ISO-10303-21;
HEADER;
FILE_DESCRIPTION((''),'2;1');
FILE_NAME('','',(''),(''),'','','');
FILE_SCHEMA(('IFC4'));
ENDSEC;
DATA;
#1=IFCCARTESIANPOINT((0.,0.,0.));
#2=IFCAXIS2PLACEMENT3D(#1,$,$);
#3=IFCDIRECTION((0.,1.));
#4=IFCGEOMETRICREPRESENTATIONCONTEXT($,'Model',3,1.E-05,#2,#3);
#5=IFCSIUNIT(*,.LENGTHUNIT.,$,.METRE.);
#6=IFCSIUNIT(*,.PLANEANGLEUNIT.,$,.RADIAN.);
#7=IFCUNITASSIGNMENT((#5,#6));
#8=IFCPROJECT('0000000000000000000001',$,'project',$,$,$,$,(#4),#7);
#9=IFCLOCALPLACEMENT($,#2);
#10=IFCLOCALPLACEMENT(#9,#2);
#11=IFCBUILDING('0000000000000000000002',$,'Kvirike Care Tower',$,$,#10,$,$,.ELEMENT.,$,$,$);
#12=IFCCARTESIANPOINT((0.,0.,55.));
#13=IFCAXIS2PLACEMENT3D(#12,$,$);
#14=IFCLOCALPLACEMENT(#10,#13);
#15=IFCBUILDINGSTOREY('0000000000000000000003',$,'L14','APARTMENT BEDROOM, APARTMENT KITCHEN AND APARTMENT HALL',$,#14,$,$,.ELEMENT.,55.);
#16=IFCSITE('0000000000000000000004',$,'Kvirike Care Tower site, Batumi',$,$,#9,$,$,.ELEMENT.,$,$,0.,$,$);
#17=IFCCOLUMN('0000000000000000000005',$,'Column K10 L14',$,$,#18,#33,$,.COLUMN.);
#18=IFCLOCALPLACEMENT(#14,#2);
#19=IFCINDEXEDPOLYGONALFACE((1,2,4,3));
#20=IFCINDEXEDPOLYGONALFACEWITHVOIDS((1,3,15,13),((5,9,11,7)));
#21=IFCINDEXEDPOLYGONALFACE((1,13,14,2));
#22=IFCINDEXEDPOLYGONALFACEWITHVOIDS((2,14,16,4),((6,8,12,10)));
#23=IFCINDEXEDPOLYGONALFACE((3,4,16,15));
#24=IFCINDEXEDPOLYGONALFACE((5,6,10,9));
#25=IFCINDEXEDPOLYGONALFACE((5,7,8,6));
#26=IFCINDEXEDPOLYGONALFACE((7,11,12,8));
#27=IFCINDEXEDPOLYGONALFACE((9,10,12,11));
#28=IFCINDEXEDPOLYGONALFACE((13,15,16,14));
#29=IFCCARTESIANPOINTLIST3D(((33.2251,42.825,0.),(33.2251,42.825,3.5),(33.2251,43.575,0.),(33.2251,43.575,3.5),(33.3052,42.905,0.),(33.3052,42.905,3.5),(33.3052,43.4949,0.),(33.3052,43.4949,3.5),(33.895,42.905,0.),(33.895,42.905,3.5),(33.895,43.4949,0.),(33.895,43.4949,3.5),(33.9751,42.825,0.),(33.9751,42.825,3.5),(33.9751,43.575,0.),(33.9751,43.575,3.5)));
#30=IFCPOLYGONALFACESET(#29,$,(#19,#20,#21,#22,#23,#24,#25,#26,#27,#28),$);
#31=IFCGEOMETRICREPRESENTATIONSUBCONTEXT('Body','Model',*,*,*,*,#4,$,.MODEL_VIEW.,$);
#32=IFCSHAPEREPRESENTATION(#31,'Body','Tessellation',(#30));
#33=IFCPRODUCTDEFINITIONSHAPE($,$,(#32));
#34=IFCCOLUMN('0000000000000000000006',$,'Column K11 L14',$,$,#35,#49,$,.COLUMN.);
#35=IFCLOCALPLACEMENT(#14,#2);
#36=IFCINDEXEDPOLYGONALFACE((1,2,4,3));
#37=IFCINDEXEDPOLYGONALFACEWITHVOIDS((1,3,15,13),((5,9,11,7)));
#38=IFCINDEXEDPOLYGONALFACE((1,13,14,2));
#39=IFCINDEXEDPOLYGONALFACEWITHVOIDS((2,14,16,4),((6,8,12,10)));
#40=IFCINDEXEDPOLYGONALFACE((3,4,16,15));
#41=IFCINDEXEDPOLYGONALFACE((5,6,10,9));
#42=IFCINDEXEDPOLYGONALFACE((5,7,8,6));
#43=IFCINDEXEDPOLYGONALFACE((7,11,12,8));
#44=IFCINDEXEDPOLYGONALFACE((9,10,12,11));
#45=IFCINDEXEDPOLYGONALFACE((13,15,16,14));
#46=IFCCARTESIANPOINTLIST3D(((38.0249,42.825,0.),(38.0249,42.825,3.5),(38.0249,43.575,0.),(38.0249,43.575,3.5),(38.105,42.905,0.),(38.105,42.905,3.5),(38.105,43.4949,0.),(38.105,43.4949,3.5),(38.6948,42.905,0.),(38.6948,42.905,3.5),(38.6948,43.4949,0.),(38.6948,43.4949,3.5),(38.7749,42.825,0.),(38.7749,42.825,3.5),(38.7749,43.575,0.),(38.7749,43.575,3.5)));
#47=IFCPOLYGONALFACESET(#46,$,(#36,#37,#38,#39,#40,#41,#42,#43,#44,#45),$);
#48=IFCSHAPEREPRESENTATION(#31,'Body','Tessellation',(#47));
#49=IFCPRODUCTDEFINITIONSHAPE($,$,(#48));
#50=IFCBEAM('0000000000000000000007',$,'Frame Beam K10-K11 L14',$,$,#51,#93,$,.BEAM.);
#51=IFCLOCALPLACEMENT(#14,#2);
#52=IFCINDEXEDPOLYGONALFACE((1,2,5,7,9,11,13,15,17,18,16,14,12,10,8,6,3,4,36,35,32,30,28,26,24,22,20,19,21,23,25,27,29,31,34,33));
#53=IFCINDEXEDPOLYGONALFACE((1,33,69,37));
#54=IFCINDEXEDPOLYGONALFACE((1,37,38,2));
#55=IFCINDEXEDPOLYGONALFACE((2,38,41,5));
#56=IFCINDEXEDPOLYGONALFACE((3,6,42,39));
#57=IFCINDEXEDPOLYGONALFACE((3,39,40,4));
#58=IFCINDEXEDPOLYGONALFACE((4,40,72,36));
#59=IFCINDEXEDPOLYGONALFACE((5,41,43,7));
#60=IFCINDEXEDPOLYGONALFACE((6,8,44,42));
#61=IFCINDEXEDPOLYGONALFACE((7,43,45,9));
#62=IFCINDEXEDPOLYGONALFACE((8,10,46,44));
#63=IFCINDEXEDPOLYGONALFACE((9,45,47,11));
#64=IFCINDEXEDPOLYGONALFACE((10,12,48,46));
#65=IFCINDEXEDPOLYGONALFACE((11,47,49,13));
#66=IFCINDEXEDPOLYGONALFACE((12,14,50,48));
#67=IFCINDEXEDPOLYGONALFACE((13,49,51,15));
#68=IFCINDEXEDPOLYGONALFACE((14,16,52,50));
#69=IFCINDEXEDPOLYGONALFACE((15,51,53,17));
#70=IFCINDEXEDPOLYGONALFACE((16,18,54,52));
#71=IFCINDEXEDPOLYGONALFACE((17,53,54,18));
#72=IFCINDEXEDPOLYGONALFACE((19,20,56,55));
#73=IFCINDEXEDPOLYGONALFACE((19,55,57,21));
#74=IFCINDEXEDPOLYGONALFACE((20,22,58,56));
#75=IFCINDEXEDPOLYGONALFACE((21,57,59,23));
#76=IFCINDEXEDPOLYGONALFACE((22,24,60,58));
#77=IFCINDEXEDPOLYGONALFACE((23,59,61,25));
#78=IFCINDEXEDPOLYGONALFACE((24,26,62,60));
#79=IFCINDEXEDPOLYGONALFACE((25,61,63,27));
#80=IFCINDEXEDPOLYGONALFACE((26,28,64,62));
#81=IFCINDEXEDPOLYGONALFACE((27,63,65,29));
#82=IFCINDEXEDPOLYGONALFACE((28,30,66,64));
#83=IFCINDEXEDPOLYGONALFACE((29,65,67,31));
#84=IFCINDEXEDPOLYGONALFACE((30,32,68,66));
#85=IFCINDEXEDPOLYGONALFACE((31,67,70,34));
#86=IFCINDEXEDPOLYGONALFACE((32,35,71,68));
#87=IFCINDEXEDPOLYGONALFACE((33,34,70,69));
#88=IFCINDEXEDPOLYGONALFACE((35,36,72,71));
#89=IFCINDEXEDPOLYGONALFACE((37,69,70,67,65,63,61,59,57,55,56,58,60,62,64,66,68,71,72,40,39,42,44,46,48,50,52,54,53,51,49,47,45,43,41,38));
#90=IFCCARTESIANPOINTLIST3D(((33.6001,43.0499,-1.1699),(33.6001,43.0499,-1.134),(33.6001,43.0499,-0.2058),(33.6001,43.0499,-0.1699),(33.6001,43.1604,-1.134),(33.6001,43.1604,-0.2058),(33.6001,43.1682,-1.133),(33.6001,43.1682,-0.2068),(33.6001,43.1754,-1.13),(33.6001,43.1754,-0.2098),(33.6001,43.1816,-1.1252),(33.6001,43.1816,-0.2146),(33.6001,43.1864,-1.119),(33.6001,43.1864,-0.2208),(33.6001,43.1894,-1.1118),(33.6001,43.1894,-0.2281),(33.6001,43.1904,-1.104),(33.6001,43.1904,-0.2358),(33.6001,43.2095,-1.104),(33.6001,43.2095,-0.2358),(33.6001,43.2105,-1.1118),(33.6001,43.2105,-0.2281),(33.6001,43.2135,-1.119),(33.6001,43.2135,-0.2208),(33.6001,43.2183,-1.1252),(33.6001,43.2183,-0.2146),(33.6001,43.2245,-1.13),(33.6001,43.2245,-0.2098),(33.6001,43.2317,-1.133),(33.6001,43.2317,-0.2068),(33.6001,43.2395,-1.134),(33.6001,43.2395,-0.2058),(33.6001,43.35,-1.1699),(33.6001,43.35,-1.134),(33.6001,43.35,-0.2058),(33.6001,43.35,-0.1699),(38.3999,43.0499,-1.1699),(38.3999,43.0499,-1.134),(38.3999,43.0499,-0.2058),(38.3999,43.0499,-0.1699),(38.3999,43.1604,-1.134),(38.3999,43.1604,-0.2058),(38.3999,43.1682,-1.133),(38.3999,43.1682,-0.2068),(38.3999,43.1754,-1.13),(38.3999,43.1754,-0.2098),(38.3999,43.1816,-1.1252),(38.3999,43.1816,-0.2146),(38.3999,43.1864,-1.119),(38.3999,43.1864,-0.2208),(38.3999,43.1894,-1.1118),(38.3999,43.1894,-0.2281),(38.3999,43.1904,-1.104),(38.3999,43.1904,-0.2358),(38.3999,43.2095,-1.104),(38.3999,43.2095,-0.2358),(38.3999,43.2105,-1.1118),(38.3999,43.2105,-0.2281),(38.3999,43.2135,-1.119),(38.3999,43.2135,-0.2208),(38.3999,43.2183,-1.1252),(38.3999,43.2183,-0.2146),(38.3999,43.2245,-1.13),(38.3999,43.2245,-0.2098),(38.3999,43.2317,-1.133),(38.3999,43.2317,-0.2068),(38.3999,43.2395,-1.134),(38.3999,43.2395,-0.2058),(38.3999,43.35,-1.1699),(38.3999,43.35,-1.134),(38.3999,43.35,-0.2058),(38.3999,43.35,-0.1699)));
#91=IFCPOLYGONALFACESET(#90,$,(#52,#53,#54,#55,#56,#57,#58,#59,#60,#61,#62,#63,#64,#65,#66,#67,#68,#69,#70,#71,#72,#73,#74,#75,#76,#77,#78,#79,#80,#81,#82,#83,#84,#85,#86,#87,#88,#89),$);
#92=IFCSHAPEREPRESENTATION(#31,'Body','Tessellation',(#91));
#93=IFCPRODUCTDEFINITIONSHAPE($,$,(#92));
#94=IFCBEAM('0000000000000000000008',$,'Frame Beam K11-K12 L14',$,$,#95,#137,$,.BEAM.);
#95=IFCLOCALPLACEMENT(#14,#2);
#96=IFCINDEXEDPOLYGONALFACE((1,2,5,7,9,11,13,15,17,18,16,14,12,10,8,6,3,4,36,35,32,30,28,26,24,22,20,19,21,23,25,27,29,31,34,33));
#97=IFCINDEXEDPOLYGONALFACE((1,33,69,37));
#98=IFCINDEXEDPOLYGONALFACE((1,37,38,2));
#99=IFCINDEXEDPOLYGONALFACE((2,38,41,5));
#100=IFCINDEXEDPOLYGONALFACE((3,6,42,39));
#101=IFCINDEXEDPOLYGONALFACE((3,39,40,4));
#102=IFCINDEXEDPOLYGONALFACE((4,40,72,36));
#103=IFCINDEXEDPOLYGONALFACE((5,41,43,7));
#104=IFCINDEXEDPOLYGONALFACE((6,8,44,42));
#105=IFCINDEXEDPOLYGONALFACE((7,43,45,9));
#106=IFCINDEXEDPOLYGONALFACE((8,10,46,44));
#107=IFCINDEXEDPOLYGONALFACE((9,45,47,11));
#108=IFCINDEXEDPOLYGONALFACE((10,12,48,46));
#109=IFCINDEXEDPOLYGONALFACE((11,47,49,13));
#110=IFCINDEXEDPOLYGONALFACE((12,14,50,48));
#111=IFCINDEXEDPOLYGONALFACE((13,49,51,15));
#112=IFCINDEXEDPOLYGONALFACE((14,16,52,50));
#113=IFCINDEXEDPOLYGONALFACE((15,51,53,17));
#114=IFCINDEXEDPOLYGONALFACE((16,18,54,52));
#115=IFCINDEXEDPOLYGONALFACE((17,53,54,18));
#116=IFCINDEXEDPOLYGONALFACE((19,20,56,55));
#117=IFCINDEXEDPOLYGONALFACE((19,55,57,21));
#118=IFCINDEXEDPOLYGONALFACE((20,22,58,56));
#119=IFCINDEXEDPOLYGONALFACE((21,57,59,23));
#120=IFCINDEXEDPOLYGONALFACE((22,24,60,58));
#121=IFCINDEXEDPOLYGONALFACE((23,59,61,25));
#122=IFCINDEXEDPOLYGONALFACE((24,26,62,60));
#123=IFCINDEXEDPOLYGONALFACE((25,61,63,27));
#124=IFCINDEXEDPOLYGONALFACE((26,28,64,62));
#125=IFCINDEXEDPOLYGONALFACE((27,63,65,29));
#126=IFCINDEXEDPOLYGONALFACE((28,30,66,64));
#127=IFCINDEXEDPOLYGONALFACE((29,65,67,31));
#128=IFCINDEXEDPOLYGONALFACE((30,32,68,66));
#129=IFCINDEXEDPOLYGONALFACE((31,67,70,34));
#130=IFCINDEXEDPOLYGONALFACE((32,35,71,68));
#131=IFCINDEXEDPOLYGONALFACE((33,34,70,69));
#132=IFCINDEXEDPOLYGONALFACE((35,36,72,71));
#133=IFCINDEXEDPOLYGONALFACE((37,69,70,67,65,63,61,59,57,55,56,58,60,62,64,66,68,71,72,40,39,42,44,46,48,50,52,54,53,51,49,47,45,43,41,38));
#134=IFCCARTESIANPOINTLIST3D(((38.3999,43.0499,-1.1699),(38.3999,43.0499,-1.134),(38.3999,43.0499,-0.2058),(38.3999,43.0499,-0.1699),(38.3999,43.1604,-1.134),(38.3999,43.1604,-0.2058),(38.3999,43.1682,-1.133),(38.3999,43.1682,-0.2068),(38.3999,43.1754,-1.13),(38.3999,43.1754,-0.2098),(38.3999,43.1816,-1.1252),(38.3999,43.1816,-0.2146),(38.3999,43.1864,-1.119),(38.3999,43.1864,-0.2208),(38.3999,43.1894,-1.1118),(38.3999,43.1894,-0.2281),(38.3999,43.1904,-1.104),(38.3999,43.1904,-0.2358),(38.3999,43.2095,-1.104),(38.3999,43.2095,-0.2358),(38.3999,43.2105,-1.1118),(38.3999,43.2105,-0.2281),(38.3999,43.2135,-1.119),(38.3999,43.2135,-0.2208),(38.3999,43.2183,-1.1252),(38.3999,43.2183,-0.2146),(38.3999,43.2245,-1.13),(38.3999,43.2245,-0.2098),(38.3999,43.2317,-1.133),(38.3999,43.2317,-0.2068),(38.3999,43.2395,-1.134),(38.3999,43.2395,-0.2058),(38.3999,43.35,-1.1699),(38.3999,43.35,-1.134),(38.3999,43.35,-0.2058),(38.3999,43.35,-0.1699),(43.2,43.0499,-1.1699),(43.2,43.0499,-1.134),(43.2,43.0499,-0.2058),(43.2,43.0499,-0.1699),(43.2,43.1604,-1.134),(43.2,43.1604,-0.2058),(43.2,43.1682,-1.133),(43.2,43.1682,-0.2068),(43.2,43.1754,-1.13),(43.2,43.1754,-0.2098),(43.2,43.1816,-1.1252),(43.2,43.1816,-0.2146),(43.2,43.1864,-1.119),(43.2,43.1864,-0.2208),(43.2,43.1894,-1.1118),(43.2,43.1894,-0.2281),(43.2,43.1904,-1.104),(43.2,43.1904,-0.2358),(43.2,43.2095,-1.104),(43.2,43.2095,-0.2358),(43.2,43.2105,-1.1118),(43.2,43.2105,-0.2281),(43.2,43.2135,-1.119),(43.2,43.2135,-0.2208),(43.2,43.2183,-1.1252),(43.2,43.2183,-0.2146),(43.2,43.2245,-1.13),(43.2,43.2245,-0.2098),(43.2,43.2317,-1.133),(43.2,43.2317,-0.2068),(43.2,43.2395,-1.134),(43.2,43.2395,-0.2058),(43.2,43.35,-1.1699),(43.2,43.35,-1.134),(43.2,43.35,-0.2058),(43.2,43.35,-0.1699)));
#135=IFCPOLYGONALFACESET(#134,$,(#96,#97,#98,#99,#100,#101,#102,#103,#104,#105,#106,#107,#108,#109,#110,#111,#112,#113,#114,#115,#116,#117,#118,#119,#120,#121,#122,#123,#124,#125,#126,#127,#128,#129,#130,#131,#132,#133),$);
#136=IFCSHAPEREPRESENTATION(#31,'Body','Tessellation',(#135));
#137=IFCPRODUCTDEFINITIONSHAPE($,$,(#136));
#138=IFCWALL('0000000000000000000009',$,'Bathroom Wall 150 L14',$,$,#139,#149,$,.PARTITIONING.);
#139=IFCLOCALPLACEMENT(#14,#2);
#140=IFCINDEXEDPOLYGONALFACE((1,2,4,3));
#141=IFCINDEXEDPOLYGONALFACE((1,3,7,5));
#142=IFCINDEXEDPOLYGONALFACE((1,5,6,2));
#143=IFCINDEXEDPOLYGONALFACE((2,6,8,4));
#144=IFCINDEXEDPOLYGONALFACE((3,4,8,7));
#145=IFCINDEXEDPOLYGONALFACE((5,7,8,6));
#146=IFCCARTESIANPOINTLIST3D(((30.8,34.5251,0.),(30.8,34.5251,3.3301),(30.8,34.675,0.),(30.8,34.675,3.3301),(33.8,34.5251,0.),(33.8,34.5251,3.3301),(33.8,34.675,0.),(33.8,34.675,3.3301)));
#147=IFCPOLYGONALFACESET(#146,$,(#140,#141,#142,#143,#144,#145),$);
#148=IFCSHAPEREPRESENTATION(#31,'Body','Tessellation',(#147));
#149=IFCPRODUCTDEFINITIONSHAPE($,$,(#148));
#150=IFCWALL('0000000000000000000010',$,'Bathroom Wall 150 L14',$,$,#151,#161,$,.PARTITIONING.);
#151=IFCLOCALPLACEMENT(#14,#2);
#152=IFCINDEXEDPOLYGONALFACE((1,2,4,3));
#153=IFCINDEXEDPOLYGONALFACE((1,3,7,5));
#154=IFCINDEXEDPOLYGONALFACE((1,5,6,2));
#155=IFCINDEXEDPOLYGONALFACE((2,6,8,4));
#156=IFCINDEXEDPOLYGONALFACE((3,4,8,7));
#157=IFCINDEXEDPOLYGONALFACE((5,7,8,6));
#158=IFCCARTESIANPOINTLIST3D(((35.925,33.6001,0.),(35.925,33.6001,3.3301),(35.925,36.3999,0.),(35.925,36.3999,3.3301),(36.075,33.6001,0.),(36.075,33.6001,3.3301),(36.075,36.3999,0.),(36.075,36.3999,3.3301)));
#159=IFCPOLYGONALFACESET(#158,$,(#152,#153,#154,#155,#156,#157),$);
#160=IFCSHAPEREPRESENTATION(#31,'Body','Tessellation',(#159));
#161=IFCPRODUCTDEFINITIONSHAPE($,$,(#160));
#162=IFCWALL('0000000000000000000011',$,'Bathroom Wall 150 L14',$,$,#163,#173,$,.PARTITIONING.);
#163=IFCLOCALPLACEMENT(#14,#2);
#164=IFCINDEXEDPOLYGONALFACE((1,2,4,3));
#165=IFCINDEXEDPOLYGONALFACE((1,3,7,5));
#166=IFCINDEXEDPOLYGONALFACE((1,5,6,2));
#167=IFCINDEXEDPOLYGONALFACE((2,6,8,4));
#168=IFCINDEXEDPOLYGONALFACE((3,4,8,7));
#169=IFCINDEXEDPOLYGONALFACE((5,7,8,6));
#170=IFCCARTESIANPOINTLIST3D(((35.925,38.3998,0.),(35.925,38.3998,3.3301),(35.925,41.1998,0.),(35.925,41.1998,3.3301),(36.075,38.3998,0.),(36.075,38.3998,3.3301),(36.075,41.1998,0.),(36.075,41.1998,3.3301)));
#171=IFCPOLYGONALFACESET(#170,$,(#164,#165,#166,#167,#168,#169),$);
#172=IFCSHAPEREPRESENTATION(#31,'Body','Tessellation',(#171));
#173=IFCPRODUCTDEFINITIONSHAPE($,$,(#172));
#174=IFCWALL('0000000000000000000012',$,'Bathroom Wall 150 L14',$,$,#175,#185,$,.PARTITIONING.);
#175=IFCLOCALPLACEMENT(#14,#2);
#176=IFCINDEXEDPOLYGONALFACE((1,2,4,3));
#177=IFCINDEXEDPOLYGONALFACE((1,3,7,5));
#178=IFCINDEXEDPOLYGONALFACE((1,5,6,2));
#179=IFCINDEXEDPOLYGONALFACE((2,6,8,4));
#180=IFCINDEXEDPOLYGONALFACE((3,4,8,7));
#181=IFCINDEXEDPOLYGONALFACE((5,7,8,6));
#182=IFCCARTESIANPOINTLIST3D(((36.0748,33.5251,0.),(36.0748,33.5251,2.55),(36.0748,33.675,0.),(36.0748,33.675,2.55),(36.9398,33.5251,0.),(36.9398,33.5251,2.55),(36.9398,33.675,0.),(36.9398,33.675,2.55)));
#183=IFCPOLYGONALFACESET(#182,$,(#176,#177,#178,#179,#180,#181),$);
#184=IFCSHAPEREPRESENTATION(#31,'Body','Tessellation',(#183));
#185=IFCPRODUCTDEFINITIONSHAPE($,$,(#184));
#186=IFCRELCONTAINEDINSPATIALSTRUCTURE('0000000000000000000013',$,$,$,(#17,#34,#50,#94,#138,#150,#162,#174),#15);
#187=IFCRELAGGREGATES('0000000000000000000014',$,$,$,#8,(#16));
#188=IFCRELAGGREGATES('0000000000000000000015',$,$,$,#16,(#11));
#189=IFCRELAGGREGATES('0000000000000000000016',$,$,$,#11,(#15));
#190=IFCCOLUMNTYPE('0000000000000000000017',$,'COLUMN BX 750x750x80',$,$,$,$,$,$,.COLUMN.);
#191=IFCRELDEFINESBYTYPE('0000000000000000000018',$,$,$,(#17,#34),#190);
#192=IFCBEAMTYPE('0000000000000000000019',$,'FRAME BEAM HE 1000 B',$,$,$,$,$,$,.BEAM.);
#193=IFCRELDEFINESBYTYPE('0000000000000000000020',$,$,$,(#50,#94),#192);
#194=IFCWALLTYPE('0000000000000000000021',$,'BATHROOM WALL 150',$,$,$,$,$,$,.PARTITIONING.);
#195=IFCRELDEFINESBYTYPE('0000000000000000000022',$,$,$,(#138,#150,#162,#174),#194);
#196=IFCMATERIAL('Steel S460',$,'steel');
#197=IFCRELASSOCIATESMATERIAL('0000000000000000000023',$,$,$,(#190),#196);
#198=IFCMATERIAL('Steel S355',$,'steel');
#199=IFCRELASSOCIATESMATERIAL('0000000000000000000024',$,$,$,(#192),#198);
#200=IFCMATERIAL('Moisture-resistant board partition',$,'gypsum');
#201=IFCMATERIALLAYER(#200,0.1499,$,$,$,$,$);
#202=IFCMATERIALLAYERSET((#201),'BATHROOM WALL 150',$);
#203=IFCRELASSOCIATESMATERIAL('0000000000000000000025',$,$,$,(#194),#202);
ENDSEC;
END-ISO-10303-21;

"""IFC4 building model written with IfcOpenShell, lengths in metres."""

from ifc_helpers import new_model, si_unit, direction, frame, frame_2d, origin, origin_2d, place, context, subcontext, project, spatial, rectangle, hollow_rectangle, i_section, extrude, material, layer, layer_set, material_profile, profile_set, type_object, element, save


model = new_model("IFC4")

# Units and contexts
model_context = context("Model", 3, precision=1e-05, world=origin(), true_north=direction((0.0, 1.0)))
body_context = subcontext(model_context, "Body", "Model", "MODEL_VIEW")
ifc_project = project(units=[si_unit("LENGTHUNIT", "METRE"), si_unit("PLANEANGLEUNIT", "RADIAN")], contexts=[model_context])

# Site, building, storey
site_placement = place(None, origin())
site = spatial("IfcSite", under=ifc_project, at=site_placement, Name="Kvirike Care Tower site, Batumi", CompositionType="ELEMENT", RefElevation=0.0)
building_placement = place(site_placement, origin())
building = spatial("IfcBuilding", under=site, at=building_placement, Name="Kvirike Care Tower", CompositionType="ELEMENT")
storey_placement = place(building_placement, frame((0.0, 0.0, 55.0)))
storey = spatial("IfcBuildingStorey", under=building, at=storey_placement, Name="L14", Description="APARTMENT BEDROOM, APARTMENT KITCHEN AND APARTMENT HALL", CompositionType="ELEMENT", Elevation=55.0)

# Columns
ifc_material_1 = material(Name="Steel S460", Category="steel")
ifc_material_profile_1 = material_profile(ifc_material_1, hollow_rectangle(XDim=0.75, YDim=0.75, WallThickness=0.0801, at=origin_2d()), Name="BX 750x750x80")
ifc_profile_set_1 = profile_set([ifc_material_profile_1], Name="Steel S460")
column_type = type_object("IfcColumnType", Name="COLUMN BX 750x750x80", PredefinedType="COLUMN", material=ifc_profile_set_1)
for number, where, z_axis, x_axis, name in (
    (1, (33.6001, 43.2, 0.0), (0.0, 0.0, 1.0), (0.0, 1.0, 0.0), "Column K10 L14"),
    (2, (38.3999, 43.2, 0.0), (0.0, 0.0, 1.0), (0.0, 1.0, 0.0), "Column K11 L14"),
):
    element("IfcColumn", number, at=place(storey_placement, frame(where, z_axis=z_axis, x_axis=x_axis)), inside=storey, type_object=column_type, Name=name, PredefinedType="COLUMN", context=body_context, shape_type="SweptSolid", body=[
        extrude(hollow_rectangle(XDim=0.75, YDim=0.75, WallThickness=0.0801, at=origin_2d()), origin(), (0.0, 0.0, 1.0), 3.5),
    ])

# Beams
ifc_material_2 = material(Name="Steel S355", Category="steel")
ifc_material_profile_2 = material_profile(ifc_material_2, i_section(OverallWidth=0.3, OverallDepth=1.0, WebThickness=0.019, FlangeThickness=0.0359, FilletRadius=0.03, at=origin_2d()), Name="HE 1000 B")
ifc_profile_set_2 = profile_set([ifc_material_profile_2], Name="Steel S355")
beam_type = type_object("IfcBeamType", Name="FRAME BEAM HE 1000 B", PredefinedType="BEAM", material=ifc_profile_set_2)
beam_1_placement = place(storey_placement, frame((33.6001, 43.2, -0.6699), z_axis=(1.0, 0.0, 0.0), x_axis=(0.0, 1.0, 0.0)))
element("IfcBeam", 3, at=beam_1_placement, inside=storey, type_object=beam_type, Name="Frame Beam K10-K11 L14", PredefinedType="BEAM", context=body_context, shape_type="SweptSolid", body=[
    extrude(i_section(OverallWidth=0.3, OverallDepth=1.0, WebThickness=0.019, FlangeThickness=0.0359, FilletRadius=0.03, at=origin_2d()), origin(), (0.0, 0.0, 1.0), 4.7998),
])
beam_2_placement = place(storey_placement, frame((38.3999, 43.2, -0.6699), z_axis=(1.0, 0.0, 0.0), x_axis=(0.0, 1.0, 0.0)))
element("IfcBeam", 4, at=beam_2_placement, inside=storey, type_object=beam_type, Name="Frame Beam K11-K12 L14", PredefinedType="BEAM", context=body_context, shape_type="SweptSolid", body=[
    extrude(i_section(OverallWidth=0.3, OverallDepth=1.0, WebThickness=0.019, FlangeThickness=0.0359, FilletRadius=0.03, at=origin_2d()), origin(), (0.0, 0.0, 1.0), 4.8),
])

# Walls
ifc_material_3 = material(Name="Moisture-resistant board partition", Category="gypsum")
ifc_layer_1 = layer(ifc_material_3, 0.1499)
ifc_layer_set_1 = layer_set([ifc_layer_1], Name="BATHROOM WALL 150")
wall_type_1 = type_object("IfcWallType", Name="BATHROOM WALL 150", PredefinedType="PARTITIONING", material=ifc_layer_set_1)
wall_1_placement = place(storey_placement, frame((33.8, 34.6001, 0.0), z_axis=(0.0, 0.0, 1.0), x_axis=(-1.0, 0.0, 0.0)))
element("IfcWall", 5, at=wall_1_placement, inside=storey, type_object=wall_type_1, Name="Bathroom Wall 150 L14", PredefinedType="PARTITIONING", context=body_context, shape_type="SweptSolid", body=[
    extrude(rectangle(XDim=3.0, YDim=0.1499, at=frame_2d((1.5, 0.0))), origin(), (0.0, 0.0, 1.0), 3.3301),
])
wall_2_placement = place(storey_placement, frame((36.0, 33.6001, 0.0), z_axis=(0.0, 0.0, 1.0), x_axis=(0.0, 1.0, 0.0)))
element("IfcWall", 6, at=wall_2_placement, inside=storey, type_object=wall_type_1, Name="Bathroom Wall 150 L14", PredefinedType="PARTITIONING", context=body_context, shape_type="SweptSolid", body=[
    extrude(rectangle(XDim=2.7998, YDim=0.1499, at=frame_2d((1.3999, 0.0))), origin(), (0.0, 0.0, 1.0), 3.3301),
])
wall_3_placement = place(storey_placement, frame((36.0, 38.3999, 0.0), z_axis=(0.0, 0.0, 1.0), x_axis=(0.0, 1.0, 0.0)))
element("IfcWall", 7, at=wall_3_placement, inside=storey, type_object=wall_type_1, Name="Bathroom Wall 150 L14", PredefinedType="PARTITIONING", context=body_context, shape_type="SweptSolid", body=[
    extrude(rectangle(XDim=2.8, YDim=0.1499, at=frame_2d((1.3999, 0.0))), origin(), (0.0, 0.0, 1.0), 3.3301),
])
wall_4_placement = place(storey_placement, frame((36.9399, 33.6001, 0.0), z_axis=(0.0, 0.0, 1.0), x_axis=(-1.0, 0.0, 0.0)))
element("IfcWall", 8, at=wall_4_placement, inside=storey, type_object=wall_type_1, Name="Bathroom Wall 150 L14", PredefinedType="PARTITIONING", context=body_context, shape_type="SweptSolid", body=[
    extrude(rectangle(XDim=0.865, YDim=0.1499, at=frame_2d((0.4326, 0.0))), origin(), (0.0, 0.0, 1.0), 2.55),
])

save(model, "model.ifc")
